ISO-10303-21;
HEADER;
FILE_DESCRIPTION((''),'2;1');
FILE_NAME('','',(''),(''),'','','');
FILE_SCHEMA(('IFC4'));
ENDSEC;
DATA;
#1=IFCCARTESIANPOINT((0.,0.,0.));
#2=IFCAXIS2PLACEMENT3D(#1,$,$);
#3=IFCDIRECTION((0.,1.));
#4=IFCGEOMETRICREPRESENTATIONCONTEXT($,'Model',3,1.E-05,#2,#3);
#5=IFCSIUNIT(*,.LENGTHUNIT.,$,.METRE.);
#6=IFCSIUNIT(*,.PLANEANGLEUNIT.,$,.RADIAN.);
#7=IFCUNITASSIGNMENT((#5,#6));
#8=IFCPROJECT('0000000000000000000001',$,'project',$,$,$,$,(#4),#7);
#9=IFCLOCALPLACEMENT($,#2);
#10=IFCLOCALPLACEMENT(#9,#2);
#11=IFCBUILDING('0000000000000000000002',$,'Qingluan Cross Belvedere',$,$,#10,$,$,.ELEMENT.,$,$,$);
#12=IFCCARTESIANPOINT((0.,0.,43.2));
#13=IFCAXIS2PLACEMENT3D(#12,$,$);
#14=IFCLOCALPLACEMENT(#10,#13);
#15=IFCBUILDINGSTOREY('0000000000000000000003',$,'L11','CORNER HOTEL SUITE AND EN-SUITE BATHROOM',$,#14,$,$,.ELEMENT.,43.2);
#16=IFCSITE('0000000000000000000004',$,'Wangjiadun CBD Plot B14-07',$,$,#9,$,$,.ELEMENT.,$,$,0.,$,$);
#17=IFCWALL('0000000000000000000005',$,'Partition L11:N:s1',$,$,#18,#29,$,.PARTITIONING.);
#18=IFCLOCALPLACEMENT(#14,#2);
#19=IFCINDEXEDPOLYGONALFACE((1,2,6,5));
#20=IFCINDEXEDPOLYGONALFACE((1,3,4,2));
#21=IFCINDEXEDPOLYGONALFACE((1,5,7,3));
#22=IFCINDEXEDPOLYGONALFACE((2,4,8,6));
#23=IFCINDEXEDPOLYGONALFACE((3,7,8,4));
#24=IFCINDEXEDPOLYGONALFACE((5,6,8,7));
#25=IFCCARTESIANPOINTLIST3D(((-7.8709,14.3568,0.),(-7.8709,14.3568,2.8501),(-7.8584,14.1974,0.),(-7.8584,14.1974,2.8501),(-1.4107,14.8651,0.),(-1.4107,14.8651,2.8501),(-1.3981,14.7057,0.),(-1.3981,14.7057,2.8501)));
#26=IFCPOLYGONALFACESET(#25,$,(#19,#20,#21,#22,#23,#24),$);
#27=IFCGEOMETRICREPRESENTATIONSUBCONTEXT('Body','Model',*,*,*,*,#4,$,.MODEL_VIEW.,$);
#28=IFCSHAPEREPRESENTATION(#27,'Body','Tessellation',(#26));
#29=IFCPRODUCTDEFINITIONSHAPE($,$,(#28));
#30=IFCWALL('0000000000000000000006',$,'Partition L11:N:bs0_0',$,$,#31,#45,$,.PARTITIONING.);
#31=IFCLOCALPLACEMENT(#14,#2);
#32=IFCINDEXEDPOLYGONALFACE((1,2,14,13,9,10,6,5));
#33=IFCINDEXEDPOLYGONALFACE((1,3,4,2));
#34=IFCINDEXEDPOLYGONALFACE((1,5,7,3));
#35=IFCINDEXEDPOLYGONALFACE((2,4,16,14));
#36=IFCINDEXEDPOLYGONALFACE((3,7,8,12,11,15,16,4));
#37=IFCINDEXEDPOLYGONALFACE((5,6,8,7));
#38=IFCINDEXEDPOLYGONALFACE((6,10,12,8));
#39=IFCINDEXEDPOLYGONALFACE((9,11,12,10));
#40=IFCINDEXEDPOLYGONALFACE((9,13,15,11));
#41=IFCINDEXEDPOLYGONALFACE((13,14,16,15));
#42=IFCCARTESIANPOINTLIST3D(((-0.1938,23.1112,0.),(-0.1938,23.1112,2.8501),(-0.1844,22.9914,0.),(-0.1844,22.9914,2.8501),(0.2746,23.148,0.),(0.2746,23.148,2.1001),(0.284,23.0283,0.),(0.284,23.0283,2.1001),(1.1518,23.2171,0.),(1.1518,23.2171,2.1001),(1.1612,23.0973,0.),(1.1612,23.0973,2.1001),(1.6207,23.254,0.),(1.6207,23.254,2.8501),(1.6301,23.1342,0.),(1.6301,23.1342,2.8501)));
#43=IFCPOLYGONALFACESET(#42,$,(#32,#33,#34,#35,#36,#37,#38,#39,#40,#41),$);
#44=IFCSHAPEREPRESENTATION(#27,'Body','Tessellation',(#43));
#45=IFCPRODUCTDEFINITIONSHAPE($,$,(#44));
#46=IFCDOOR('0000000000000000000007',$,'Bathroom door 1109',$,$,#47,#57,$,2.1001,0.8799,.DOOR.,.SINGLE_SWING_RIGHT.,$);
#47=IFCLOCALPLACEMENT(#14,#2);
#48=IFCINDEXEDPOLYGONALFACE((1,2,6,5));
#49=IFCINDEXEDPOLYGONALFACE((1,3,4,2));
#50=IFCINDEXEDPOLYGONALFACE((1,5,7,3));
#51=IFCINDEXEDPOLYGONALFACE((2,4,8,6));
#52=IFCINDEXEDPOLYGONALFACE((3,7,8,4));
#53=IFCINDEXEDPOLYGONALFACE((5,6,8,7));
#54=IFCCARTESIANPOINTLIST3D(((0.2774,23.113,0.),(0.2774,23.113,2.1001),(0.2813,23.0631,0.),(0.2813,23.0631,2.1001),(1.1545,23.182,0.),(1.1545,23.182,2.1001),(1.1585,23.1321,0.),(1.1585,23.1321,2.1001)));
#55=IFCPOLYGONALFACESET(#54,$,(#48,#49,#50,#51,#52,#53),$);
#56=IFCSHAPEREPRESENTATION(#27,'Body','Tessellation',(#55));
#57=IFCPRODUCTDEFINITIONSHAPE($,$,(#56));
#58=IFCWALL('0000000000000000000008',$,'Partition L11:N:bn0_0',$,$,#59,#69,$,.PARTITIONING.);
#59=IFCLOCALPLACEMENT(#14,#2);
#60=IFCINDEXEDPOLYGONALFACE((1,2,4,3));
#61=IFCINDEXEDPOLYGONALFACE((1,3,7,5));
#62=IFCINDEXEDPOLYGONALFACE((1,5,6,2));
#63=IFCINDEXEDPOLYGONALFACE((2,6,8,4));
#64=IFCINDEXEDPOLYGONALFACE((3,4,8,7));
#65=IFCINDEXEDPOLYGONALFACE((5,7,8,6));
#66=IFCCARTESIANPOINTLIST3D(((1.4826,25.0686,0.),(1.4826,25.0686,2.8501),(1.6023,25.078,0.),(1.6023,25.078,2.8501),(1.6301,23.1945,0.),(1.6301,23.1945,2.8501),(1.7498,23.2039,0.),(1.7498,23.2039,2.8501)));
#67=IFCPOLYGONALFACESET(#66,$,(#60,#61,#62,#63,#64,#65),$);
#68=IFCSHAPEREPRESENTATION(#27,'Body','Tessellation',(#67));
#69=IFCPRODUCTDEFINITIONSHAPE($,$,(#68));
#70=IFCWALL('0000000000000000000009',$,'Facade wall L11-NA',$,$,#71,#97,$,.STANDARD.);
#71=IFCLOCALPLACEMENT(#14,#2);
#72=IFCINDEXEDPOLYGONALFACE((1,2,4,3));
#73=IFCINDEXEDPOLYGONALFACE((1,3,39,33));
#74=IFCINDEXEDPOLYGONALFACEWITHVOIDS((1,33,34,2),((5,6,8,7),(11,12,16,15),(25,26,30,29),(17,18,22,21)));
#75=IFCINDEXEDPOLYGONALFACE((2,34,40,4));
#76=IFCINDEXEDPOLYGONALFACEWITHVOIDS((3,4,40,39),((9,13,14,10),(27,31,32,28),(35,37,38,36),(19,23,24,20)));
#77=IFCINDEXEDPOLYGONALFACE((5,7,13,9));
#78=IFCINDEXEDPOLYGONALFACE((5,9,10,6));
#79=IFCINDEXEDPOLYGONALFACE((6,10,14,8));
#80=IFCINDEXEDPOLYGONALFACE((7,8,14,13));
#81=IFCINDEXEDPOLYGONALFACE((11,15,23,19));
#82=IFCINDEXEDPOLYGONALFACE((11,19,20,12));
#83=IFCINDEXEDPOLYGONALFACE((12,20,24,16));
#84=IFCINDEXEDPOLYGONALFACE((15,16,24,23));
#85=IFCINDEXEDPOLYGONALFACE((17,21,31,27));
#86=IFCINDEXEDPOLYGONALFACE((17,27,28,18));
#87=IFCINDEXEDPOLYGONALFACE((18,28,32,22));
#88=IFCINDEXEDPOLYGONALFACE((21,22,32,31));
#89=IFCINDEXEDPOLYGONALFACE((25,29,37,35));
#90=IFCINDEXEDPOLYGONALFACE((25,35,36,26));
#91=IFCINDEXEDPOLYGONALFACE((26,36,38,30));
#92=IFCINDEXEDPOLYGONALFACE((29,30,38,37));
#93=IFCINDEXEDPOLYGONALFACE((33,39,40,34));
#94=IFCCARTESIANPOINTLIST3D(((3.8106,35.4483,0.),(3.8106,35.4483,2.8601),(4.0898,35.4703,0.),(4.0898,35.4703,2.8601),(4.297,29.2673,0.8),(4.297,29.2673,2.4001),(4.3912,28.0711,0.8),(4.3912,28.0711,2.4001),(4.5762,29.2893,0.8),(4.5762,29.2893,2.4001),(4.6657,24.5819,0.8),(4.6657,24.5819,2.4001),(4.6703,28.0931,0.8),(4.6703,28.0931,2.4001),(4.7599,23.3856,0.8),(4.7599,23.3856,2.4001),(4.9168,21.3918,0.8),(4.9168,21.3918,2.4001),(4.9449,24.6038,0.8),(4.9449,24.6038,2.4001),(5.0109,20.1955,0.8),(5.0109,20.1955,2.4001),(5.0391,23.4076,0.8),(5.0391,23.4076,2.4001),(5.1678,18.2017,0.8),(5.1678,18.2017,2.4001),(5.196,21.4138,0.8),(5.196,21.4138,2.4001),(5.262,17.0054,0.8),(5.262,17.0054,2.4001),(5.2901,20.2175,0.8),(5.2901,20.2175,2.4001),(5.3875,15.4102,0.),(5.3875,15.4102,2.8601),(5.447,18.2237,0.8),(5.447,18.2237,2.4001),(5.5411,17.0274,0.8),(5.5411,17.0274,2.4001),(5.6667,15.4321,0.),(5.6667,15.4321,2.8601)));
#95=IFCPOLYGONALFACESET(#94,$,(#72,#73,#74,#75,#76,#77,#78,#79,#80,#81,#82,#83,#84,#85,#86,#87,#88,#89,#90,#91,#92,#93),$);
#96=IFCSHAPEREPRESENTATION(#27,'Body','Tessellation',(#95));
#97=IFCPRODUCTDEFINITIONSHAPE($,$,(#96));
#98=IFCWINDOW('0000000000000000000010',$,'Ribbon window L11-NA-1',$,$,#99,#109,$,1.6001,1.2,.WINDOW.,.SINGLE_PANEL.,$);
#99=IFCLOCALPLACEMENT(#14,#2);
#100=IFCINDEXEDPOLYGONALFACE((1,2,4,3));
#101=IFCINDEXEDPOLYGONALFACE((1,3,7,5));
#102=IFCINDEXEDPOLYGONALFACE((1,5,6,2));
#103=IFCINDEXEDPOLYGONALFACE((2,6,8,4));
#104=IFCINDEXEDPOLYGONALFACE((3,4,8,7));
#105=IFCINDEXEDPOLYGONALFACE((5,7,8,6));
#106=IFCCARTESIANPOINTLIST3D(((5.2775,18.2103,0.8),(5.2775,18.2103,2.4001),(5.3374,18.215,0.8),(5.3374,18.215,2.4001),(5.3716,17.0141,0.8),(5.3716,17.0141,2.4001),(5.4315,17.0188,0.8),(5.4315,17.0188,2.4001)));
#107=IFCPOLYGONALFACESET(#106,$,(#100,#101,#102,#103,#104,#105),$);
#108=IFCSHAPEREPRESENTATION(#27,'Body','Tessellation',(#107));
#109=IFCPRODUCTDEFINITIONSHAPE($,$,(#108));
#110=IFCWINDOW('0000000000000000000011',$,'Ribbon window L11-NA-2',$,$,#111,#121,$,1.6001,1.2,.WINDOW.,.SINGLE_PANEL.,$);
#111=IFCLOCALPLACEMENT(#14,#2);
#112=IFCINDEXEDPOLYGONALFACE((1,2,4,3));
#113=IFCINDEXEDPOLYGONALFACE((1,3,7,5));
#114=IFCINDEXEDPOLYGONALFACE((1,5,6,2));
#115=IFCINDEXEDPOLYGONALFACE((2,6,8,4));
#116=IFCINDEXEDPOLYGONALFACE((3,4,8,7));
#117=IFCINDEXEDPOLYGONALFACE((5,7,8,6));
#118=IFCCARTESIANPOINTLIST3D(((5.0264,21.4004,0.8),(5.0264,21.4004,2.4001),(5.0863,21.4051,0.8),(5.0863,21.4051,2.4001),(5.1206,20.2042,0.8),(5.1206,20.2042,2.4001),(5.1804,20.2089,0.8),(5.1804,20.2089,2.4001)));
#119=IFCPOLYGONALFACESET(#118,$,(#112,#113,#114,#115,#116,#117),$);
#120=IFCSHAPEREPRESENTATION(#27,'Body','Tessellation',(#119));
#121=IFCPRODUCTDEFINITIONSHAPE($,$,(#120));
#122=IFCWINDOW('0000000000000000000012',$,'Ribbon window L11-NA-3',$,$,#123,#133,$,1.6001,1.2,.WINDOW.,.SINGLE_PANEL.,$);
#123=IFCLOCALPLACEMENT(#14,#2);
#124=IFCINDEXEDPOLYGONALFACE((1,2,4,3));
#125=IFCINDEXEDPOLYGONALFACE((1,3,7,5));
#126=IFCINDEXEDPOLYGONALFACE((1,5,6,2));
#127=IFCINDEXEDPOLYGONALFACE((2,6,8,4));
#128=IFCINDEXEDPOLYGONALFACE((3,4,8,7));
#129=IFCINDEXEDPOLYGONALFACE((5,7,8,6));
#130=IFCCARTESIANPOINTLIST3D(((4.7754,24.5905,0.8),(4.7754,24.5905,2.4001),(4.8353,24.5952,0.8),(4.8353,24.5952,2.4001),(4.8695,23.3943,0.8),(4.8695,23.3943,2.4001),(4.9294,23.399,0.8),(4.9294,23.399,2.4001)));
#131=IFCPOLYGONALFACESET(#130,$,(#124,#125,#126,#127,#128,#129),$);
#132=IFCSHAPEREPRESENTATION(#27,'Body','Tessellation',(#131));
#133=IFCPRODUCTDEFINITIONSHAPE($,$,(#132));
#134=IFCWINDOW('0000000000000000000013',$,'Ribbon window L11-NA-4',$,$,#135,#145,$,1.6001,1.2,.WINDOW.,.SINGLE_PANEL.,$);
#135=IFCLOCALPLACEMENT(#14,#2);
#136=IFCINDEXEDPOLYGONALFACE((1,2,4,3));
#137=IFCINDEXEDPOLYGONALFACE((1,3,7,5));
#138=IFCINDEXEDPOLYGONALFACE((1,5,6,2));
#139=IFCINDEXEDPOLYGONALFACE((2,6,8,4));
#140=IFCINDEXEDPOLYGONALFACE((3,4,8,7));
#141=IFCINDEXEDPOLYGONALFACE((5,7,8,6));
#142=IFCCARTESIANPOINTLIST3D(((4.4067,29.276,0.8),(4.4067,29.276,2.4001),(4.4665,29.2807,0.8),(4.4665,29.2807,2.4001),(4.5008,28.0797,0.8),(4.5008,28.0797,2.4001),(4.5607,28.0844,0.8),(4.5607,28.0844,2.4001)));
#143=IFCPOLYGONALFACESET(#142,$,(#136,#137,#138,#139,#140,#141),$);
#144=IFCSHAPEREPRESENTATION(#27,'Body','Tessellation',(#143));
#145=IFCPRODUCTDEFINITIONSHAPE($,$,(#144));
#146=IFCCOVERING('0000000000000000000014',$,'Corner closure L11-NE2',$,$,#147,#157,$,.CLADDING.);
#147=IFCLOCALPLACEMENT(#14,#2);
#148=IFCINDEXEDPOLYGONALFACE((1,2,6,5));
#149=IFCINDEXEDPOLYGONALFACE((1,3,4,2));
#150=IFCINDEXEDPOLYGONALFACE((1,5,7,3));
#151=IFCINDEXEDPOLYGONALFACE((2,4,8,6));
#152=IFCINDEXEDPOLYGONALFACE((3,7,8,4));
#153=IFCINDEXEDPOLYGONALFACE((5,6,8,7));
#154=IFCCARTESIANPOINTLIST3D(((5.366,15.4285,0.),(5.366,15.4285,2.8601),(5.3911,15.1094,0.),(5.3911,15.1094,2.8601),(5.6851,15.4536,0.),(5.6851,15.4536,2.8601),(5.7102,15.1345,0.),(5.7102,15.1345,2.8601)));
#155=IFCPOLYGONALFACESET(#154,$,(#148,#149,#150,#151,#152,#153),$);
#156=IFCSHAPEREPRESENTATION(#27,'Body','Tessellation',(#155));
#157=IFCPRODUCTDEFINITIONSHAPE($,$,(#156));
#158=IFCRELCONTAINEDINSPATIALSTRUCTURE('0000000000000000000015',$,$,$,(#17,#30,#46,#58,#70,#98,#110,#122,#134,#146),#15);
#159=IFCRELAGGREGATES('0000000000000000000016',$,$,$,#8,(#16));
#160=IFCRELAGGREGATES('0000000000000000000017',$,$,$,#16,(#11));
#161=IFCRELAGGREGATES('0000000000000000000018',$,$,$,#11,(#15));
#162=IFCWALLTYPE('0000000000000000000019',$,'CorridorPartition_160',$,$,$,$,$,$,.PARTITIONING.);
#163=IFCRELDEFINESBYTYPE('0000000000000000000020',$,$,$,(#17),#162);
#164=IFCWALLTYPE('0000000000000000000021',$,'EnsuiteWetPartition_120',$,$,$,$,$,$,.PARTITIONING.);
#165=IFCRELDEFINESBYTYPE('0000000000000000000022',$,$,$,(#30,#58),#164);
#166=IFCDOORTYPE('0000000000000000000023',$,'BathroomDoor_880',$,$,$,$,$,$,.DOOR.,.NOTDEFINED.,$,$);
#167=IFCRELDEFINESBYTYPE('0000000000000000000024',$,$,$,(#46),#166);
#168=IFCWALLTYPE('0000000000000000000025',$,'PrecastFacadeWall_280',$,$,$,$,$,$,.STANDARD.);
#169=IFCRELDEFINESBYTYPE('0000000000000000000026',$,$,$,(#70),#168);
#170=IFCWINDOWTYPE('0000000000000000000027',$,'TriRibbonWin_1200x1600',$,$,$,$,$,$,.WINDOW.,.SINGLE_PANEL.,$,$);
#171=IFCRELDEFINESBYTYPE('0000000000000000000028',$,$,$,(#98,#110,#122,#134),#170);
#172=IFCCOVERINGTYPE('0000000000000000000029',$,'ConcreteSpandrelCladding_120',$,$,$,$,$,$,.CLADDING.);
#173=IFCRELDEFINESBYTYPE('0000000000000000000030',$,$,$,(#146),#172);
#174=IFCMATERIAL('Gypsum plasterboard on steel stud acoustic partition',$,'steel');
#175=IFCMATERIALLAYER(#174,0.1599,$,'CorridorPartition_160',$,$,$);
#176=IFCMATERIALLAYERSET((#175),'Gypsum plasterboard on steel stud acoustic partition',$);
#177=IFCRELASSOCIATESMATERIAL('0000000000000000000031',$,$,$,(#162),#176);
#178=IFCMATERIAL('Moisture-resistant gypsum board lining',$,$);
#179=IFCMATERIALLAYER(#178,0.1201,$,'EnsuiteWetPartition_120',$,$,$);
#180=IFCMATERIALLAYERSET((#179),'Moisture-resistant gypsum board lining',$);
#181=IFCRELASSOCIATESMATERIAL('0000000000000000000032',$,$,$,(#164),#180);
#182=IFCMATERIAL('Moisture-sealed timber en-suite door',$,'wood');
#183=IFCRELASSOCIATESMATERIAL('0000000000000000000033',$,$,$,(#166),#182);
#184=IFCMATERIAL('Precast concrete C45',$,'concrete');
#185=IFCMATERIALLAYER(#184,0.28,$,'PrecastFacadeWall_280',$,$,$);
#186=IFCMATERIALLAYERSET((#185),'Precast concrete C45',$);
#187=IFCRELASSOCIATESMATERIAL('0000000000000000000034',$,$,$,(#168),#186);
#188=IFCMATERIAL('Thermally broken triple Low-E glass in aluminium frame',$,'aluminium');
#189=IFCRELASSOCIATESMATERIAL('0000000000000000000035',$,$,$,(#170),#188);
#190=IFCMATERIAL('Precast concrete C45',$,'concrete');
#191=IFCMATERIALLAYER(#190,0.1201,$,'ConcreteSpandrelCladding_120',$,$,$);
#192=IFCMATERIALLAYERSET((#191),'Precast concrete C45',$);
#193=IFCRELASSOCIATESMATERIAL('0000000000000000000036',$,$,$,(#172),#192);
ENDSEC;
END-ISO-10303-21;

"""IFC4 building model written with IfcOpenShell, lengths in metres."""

from ifc_helpers import new_model, si_unit, direction, frame, frame_2d, origin, origin_2d, place, context, subcontext, project, spatial, rectangle, extrude, material, layer, layer_set, type_object, element, fill, save


model = new_model("IFC4")

# Units and contexts
model_context = context("Model", 3, precision=1e-05, world=origin(), true_north=direction((0.0, 1.0)))
body_context = subcontext(model_context, "Body", "Model", "MODEL_VIEW")
ifc_project = project(units=[si_unit("LENGTHUNIT", "METRE"), si_unit("PLANEANGLEUNIT", "RADIAN")], contexts=[model_context])

# Site, building, storey
site_placement = place(None, origin())
site = spatial("IfcSite", under=ifc_project, at=site_placement, Name="Wangjiadun CBD Plot B14-07", CompositionType="ELEMENT", RefElevation=0.0)
building_placement = place(site_placement, origin())
building = spatial("IfcBuilding", under=site, at=building_placement, Name="Qingluan Cross Belvedere", CompositionType="ELEMENT")
storey_placement = place(building_placement, frame((0.0, 0.0, 43.2)))
storey = spatial("IfcBuildingStorey", under=building, at=storey_placement, Name="L11", Description="CORNER HOTEL SUITE AND EN-SUITE BATHROOM", CompositionType="ELEMENT", Elevation=43.2)

# Shared definitions
ifc_material_1 = material(Name="Gypsum plasterboard on steel stud acoustic partition", Category="steel")
ifc_layer_1 = layer(ifc_material_1, 0.1599, Name="CorridorPartition_160")
ifc_layer_set_1 = layer_set([ifc_layer_1], Name="Gypsum plasterboard on steel stud acoustic partition")
wall_type_1 = type_object("IfcWallType", Name="CorridorPartition_160", PredefinedType="PARTITIONING", material=ifc_layer_set_1)

# Wall
wall_1_placement = place(storey_placement, frame((-1.4043, 14.7854, 0.0), z_axis=(0.0, 0.0, 1.0), x_axis=(-0.996919, -0.078439, 0.0)))
element("IfcWall", 1, at=wall_1_placement, inside=storey, type_object=wall_type_1, Name="Partition L11:N:s1", PredefinedType="PARTITIONING", context=body_context, shape_type="SweptSolid", body=[
    extrude(rectangle(XDim=6.4802, YDim=0.1599, at=frame_2d((3.2402, 0.0))), origin(), (0.0, 0.0, 1.0), 2.8501),
])

# Wall, opening, door
ifc_material_2 = material(Name="Moisture-resistant gypsum board lining")
ifc_layer_2 = layer(ifc_material_2, 0.1201, Name="EnsuiteWetPartition_120")
ifc_layer_set_2 = layer_set([ifc_layer_2], Name="Moisture-resistant gypsum board lining")
wall_type_2 = type_object("IfcWallType", Name="EnsuiteWetPartition_120", PredefinedType="PARTITIONING", material=ifc_layer_set_2)
wall_2_placement = place(storey_placement, frame((-0.1892, 23.0513, 0.0), z_axis=(0.0, 0.0, 1.0), x_axis=(0.996916, 0.078471, 0.0)))
wall_2 = element("IfcWall", 2, at=wall_2_placement, inside=storey, type_object=wall_type_2, Name="Partition L11:N:bs0_0", PredefinedType="PARTITIONING", context=body_context, shape_type="SweptSolid", body=[
    extrude(rectangle(XDim=1.8201, YDim=0.1201, at=frame_2d((0.9102, 0.0))), origin(), (0.0, 0.0, 1.0), 2.8501),
])
opening_1_placement = place(wall_2_placement, frame((0.47, 0.0, 0.0)))
opening_1 = element("IfcOpeningElement", 3, at=opening_1_placement, cuts=wall_2, PredefinedType="OPENING", context=body_context, shape_type="SweptSolid", body=[
    extrude(rectangle(XDim=0.8799, YDim=2.1001, at=frame_2d((0.4399, 1.05))), frame((0.0, 0.0701, 0.0), z_axis=(0.0, -1.0, 0.0), x_axis=(1.0, 0.0, 0.0)), (0.0, 0.0, 1.0), 0.1401),
])
ifc_material_3 = material(Name="Moisture-sealed timber en-suite door", Category="wood")
door_type_1 = type_object("IfcDoorType", Name="BathroomDoor_880", OperationType="NOTDEFINED", PredefinedType="DOOR", material=ifc_material_3)
door_1_placement = place(opening_1_placement, origin())
door_1 = element("IfcDoor", 4, at=door_1_placement, inside=storey, type_object=door_type_1, Name="Bathroom door 1109", OperationType="SINGLE_SWING_RIGHT", OverallHeight=2.1001, OverallWidth=0.8799, PredefinedType="DOOR", context=body_context, shape_type="SweptSolid", body=[
    extrude(rectangle(XDim=0.8799, YDim=2.1001, at=frame_2d((0.4399, 1.05))), frame((0.0, 0.0249, 0.0), z_axis=(0.0, -1.0, 0.0), x_axis=(1.0, 0.0, 0.0)), (0.0, 0.0, 1.0), 0.05),
])
fill(opening_1, door_1)

# Wall
wall_3_placement = place(storey_placement, frame((1.6899, 23.1992, 0.0), z_axis=(0.0, 0.0, 1.0), x_axis=(-0.078444, 0.996918, 0.0)))
element("IfcWall", 5, at=wall_3_placement, inside=storey, type_object=wall_type_2, Name="Partition L11:N:bn0_0", PredefinedType="PARTITIONING", context=body_context, shape_type="SweptSolid", body=[
    extrude(rectangle(XDim=1.8799, YDim=0.1201, at=frame_2d((0.9399, 0.0))), origin(), (0.0, 0.0, 1.0), 2.8501),
])

# Wall, openings, windows
ifc_material_4 = material(Name="Precast concrete C45", Category="concrete")
ifc_layer_3 = layer(ifc_material_4, 0.28, Name="PrecastFacadeWall_280")
ifc_layer_set_3 = layer_set([ifc_layer_3], Name="Precast concrete C45")
wall_type_3 = type_object("IfcWallType", Name="PrecastFacadeWall_280", PredefinedType="STANDARD", material=ifc_layer_set_3)
wall_4_placement = place(storey_placement, frame((5.5271, 15.4211, 0.0), z_axis=(0.0, 0.0, 1.0), x_axis=(-0.078453, 0.996918, 0.0)))
wall_4 = element("IfcWall", 6, at=wall_4_placement, inside=storey, type_object=wall_type_3, Name="Facade wall L11-NA", PredefinedType="STANDARD", context=body_context, shape_type="SweptSolid", body=[
    extrude(rectangle(XDim=20.1001, YDim=0.28, at=frame_2d((10.05, 0.0))), origin(), (0.0, 0.0, 1.0), 2.8601),
])
opening_2_placement = place(wall_4_placement, frame((1.6001, 0.0, 0.8)))
opening_2 = element("IfcOpeningElement", 7, at=opening_2_placement, cuts=wall_4, PredefinedType="OPENING", context=body_context, shape_type="SweptSolid", body=[
    extrude(rectangle(XDim=1.2, YDim=1.6001, at=frame_2d((0.6001, 0.8))), frame((0.0, 0.1499, 0.0), z_axis=(0.0, -1.0, 0.0), x_axis=(1.0, 0.0, 0.0)), (0.0, 0.0, 1.0), 0.3),
])
opening_3_placement = place(wall_4_placement, frame((4.8, 0.0, 0.8)))
opening_3 = element("IfcOpeningElement", 8, at=opening_3_placement, cuts=wall_4, PredefinedType="OPENING", context=body_context, shape_type="SweptSolid", body=[
    extrude(rectangle(XDim=1.2, YDim=1.6001, at=frame_2d((0.6001, 0.8))), frame((0.0, 0.1499, 0.0), z_axis=(0.0, -1.0, 0.0), x_axis=(1.0, 0.0, 0.0)), (0.0, 0.0, 1.0), 0.3),
])
opening_4_placement = place(wall_4_placement, frame((8.0, 0.0, 0.8)))
opening_4 = element("IfcOpeningElement", 9, at=opening_4_placement, cuts=wall_4, PredefinedType="OPENING", context=body_context, shape_type="SweptSolid", body=[
    extrude(rectangle(XDim=1.2, YDim=1.6001, at=frame_2d((0.6001, 0.8))), frame((0.0, 0.1499, 0.0), z_axis=(0.0, -1.0, 0.0), x_axis=(1.0, 0.0, 0.0)), (0.0, 0.0, 1.0), 0.3),
])
opening_5_placement = place(wall_4_placement, frame((12.7, 0.0, 0.8)))
opening_5 = element("IfcOpeningElement", 10, at=opening_5_placement, cuts=wall_4, PredefinedType="OPENING", context=body_context, shape_type="SweptSolid", body=[
    extrude(rectangle(XDim=1.2, YDim=1.6001, at=frame_2d((0.6001, 0.8))), frame((0.0, 0.1499, 0.0), z_axis=(0.0, -1.0, 0.0), x_axis=(1.0, 0.0, 0.0)), (0.0, 0.0, 1.0), 0.3),
])
ifc_material_5 = material(Name="Thermally broken triple Low-E glass in aluminium frame", Category="aluminium")
window_type = type_object("IfcWindowType", Name="TriRibbonWin_1200x1600", PartitioningType="SINGLE_PANEL", PredefinedType="WINDOW", material=ifc_material_5)
window_1_placement = place(opening_2_placement, origin())
window_1 = element("IfcWindow", 11, at=window_1_placement, inside=storey, type_object=window_type, Name="Ribbon window L11-NA-1", OverallHeight=1.6001, OverallWidth=1.2, PartitioningType="SINGLE_PANEL", PredefinedType="WINDOW", context=body_context, shape_type="SweptSolid", body=[
    extrude(rectangle(XDim=1.2, YDim=1.6001, at=frame_2d((0.6001, 0.8))), frame((0.0, 0.03, 0.0), z_axis=(0.0, -1.0, 0.0), x_axis=(1.0, 0.0, 0.0)), (0.0, 0.0, 1.0), 0.0601),
])
fill(opening_2, window_1)
window_2_placement = place(opening_3_placement, origin())
window_2 = element("IfcWindow", 12, at=window_2_placement, inside=storey, type_object=window_type, Name="Ribbon window L11-NA-2", OverallHeight=1.6001, OverallWidth=1.2, PartitioningType="SINGLE_PANEL", PredefinedType="WINDOW", context=body_context, shape_type="SweptSolid", body=[
    extrude(rectangle(XDim=1.2, YDim=1.6001, at=frame_2d((0.6001, 0.8))), frame((0.0, 0.03, 0.0), z_axis=(0.0, -1.0, 0.0), x_axis=(1.0, 0.0, 0.0)), (0.0, 0.0, 1.0), 0.0601),
])
fill(opening_3, window_2)
window_3_placement = place(opening_4_placement, origin())
window_3 = element("IfcWindow", 13, at=window_3_placement, inside=storey, type_object=window_type, Name="Ribbon window L11-NA-3", OverallHeight=1.6001, OverallWidth=1.2, PartitioningType="SINGLE_PANEL", PredefinedType="WINDOW", context=body_context, shape_type="SweptSolid", body=[
    extrude(rectangle(XDim=1.2, YDim=1.6001, at=frame_2d((0.6001, 0.8))), frame((0.0, 0.03, 0.0), z_axis=(0.0, -1.0, 0.0), x_axis=(1.0, 0.0, 0.0)), (0.0, 0.0, 1.0), 0.0601),
])
fill(opening_4, window_3)
window_4_placement = place(opening_5_placement, origin())
window_4 = element("IfcWindow", 14, at=window_4_placement, inside=storey, type_object=window_type, Name="Ribbon window L11-NA-4", OverallHeight=1.6001, OverallWidth=1.2, PartitioningType="SINGLE_PANEL", PredefinedType="WINDOW", context=body_context, shape_type="SweptSolid", body=[
    extrude(rectangle(XDim=1.2, YDim=1.6001, at=frame_2d((0.6001, 0.8))), frame((0.0, 0.03, 0.0), z_axis=(0.0, -1.0, 0.0), x_axis=(1.0, 0.0, 0.0)), (0.0, 0.0, 1.0), 0.0601),
])
fill(opening_5, window_4)

# Covering
ifc_material_6 = material(Name="Precast concrete C45", Category="concrete")
ifc_layer_4 = layer(ifc_material_6, 0.1201, Name="ConcreteSpandrelCladding_120")
ifc_layer_set_4 = layer_set([ifc_layer_4], Name="Precast concrete C45")
covering_type = type_object("IfcCoveringType", Name="ConcreteSpandrelCladding_120", PredefinedType="CLADDING", material=ifc_layer_set_4)
covering_placement = place(storey_placement, frame((5.5381, 15.2815, 0.0), z_axis=(0.0, 0.0, 1.0), x_axis=(0.996917, 0.078459, 0.0)))
element("IfcCovering", 15, at=covering_placement, inside=storey, type_object=covering_type, Name="Corner closure L11-NE2", PredefinedType="CLADDING", context=body_context, shape_type="SweptSolid", body=[
    extrude(rectangle(XDim=0.3201, YDim=0.3201, at=origin_2d()), origin(), (0.0, 0.0, 1.0), 2.8601),
])

save(model, "model.ifc")
